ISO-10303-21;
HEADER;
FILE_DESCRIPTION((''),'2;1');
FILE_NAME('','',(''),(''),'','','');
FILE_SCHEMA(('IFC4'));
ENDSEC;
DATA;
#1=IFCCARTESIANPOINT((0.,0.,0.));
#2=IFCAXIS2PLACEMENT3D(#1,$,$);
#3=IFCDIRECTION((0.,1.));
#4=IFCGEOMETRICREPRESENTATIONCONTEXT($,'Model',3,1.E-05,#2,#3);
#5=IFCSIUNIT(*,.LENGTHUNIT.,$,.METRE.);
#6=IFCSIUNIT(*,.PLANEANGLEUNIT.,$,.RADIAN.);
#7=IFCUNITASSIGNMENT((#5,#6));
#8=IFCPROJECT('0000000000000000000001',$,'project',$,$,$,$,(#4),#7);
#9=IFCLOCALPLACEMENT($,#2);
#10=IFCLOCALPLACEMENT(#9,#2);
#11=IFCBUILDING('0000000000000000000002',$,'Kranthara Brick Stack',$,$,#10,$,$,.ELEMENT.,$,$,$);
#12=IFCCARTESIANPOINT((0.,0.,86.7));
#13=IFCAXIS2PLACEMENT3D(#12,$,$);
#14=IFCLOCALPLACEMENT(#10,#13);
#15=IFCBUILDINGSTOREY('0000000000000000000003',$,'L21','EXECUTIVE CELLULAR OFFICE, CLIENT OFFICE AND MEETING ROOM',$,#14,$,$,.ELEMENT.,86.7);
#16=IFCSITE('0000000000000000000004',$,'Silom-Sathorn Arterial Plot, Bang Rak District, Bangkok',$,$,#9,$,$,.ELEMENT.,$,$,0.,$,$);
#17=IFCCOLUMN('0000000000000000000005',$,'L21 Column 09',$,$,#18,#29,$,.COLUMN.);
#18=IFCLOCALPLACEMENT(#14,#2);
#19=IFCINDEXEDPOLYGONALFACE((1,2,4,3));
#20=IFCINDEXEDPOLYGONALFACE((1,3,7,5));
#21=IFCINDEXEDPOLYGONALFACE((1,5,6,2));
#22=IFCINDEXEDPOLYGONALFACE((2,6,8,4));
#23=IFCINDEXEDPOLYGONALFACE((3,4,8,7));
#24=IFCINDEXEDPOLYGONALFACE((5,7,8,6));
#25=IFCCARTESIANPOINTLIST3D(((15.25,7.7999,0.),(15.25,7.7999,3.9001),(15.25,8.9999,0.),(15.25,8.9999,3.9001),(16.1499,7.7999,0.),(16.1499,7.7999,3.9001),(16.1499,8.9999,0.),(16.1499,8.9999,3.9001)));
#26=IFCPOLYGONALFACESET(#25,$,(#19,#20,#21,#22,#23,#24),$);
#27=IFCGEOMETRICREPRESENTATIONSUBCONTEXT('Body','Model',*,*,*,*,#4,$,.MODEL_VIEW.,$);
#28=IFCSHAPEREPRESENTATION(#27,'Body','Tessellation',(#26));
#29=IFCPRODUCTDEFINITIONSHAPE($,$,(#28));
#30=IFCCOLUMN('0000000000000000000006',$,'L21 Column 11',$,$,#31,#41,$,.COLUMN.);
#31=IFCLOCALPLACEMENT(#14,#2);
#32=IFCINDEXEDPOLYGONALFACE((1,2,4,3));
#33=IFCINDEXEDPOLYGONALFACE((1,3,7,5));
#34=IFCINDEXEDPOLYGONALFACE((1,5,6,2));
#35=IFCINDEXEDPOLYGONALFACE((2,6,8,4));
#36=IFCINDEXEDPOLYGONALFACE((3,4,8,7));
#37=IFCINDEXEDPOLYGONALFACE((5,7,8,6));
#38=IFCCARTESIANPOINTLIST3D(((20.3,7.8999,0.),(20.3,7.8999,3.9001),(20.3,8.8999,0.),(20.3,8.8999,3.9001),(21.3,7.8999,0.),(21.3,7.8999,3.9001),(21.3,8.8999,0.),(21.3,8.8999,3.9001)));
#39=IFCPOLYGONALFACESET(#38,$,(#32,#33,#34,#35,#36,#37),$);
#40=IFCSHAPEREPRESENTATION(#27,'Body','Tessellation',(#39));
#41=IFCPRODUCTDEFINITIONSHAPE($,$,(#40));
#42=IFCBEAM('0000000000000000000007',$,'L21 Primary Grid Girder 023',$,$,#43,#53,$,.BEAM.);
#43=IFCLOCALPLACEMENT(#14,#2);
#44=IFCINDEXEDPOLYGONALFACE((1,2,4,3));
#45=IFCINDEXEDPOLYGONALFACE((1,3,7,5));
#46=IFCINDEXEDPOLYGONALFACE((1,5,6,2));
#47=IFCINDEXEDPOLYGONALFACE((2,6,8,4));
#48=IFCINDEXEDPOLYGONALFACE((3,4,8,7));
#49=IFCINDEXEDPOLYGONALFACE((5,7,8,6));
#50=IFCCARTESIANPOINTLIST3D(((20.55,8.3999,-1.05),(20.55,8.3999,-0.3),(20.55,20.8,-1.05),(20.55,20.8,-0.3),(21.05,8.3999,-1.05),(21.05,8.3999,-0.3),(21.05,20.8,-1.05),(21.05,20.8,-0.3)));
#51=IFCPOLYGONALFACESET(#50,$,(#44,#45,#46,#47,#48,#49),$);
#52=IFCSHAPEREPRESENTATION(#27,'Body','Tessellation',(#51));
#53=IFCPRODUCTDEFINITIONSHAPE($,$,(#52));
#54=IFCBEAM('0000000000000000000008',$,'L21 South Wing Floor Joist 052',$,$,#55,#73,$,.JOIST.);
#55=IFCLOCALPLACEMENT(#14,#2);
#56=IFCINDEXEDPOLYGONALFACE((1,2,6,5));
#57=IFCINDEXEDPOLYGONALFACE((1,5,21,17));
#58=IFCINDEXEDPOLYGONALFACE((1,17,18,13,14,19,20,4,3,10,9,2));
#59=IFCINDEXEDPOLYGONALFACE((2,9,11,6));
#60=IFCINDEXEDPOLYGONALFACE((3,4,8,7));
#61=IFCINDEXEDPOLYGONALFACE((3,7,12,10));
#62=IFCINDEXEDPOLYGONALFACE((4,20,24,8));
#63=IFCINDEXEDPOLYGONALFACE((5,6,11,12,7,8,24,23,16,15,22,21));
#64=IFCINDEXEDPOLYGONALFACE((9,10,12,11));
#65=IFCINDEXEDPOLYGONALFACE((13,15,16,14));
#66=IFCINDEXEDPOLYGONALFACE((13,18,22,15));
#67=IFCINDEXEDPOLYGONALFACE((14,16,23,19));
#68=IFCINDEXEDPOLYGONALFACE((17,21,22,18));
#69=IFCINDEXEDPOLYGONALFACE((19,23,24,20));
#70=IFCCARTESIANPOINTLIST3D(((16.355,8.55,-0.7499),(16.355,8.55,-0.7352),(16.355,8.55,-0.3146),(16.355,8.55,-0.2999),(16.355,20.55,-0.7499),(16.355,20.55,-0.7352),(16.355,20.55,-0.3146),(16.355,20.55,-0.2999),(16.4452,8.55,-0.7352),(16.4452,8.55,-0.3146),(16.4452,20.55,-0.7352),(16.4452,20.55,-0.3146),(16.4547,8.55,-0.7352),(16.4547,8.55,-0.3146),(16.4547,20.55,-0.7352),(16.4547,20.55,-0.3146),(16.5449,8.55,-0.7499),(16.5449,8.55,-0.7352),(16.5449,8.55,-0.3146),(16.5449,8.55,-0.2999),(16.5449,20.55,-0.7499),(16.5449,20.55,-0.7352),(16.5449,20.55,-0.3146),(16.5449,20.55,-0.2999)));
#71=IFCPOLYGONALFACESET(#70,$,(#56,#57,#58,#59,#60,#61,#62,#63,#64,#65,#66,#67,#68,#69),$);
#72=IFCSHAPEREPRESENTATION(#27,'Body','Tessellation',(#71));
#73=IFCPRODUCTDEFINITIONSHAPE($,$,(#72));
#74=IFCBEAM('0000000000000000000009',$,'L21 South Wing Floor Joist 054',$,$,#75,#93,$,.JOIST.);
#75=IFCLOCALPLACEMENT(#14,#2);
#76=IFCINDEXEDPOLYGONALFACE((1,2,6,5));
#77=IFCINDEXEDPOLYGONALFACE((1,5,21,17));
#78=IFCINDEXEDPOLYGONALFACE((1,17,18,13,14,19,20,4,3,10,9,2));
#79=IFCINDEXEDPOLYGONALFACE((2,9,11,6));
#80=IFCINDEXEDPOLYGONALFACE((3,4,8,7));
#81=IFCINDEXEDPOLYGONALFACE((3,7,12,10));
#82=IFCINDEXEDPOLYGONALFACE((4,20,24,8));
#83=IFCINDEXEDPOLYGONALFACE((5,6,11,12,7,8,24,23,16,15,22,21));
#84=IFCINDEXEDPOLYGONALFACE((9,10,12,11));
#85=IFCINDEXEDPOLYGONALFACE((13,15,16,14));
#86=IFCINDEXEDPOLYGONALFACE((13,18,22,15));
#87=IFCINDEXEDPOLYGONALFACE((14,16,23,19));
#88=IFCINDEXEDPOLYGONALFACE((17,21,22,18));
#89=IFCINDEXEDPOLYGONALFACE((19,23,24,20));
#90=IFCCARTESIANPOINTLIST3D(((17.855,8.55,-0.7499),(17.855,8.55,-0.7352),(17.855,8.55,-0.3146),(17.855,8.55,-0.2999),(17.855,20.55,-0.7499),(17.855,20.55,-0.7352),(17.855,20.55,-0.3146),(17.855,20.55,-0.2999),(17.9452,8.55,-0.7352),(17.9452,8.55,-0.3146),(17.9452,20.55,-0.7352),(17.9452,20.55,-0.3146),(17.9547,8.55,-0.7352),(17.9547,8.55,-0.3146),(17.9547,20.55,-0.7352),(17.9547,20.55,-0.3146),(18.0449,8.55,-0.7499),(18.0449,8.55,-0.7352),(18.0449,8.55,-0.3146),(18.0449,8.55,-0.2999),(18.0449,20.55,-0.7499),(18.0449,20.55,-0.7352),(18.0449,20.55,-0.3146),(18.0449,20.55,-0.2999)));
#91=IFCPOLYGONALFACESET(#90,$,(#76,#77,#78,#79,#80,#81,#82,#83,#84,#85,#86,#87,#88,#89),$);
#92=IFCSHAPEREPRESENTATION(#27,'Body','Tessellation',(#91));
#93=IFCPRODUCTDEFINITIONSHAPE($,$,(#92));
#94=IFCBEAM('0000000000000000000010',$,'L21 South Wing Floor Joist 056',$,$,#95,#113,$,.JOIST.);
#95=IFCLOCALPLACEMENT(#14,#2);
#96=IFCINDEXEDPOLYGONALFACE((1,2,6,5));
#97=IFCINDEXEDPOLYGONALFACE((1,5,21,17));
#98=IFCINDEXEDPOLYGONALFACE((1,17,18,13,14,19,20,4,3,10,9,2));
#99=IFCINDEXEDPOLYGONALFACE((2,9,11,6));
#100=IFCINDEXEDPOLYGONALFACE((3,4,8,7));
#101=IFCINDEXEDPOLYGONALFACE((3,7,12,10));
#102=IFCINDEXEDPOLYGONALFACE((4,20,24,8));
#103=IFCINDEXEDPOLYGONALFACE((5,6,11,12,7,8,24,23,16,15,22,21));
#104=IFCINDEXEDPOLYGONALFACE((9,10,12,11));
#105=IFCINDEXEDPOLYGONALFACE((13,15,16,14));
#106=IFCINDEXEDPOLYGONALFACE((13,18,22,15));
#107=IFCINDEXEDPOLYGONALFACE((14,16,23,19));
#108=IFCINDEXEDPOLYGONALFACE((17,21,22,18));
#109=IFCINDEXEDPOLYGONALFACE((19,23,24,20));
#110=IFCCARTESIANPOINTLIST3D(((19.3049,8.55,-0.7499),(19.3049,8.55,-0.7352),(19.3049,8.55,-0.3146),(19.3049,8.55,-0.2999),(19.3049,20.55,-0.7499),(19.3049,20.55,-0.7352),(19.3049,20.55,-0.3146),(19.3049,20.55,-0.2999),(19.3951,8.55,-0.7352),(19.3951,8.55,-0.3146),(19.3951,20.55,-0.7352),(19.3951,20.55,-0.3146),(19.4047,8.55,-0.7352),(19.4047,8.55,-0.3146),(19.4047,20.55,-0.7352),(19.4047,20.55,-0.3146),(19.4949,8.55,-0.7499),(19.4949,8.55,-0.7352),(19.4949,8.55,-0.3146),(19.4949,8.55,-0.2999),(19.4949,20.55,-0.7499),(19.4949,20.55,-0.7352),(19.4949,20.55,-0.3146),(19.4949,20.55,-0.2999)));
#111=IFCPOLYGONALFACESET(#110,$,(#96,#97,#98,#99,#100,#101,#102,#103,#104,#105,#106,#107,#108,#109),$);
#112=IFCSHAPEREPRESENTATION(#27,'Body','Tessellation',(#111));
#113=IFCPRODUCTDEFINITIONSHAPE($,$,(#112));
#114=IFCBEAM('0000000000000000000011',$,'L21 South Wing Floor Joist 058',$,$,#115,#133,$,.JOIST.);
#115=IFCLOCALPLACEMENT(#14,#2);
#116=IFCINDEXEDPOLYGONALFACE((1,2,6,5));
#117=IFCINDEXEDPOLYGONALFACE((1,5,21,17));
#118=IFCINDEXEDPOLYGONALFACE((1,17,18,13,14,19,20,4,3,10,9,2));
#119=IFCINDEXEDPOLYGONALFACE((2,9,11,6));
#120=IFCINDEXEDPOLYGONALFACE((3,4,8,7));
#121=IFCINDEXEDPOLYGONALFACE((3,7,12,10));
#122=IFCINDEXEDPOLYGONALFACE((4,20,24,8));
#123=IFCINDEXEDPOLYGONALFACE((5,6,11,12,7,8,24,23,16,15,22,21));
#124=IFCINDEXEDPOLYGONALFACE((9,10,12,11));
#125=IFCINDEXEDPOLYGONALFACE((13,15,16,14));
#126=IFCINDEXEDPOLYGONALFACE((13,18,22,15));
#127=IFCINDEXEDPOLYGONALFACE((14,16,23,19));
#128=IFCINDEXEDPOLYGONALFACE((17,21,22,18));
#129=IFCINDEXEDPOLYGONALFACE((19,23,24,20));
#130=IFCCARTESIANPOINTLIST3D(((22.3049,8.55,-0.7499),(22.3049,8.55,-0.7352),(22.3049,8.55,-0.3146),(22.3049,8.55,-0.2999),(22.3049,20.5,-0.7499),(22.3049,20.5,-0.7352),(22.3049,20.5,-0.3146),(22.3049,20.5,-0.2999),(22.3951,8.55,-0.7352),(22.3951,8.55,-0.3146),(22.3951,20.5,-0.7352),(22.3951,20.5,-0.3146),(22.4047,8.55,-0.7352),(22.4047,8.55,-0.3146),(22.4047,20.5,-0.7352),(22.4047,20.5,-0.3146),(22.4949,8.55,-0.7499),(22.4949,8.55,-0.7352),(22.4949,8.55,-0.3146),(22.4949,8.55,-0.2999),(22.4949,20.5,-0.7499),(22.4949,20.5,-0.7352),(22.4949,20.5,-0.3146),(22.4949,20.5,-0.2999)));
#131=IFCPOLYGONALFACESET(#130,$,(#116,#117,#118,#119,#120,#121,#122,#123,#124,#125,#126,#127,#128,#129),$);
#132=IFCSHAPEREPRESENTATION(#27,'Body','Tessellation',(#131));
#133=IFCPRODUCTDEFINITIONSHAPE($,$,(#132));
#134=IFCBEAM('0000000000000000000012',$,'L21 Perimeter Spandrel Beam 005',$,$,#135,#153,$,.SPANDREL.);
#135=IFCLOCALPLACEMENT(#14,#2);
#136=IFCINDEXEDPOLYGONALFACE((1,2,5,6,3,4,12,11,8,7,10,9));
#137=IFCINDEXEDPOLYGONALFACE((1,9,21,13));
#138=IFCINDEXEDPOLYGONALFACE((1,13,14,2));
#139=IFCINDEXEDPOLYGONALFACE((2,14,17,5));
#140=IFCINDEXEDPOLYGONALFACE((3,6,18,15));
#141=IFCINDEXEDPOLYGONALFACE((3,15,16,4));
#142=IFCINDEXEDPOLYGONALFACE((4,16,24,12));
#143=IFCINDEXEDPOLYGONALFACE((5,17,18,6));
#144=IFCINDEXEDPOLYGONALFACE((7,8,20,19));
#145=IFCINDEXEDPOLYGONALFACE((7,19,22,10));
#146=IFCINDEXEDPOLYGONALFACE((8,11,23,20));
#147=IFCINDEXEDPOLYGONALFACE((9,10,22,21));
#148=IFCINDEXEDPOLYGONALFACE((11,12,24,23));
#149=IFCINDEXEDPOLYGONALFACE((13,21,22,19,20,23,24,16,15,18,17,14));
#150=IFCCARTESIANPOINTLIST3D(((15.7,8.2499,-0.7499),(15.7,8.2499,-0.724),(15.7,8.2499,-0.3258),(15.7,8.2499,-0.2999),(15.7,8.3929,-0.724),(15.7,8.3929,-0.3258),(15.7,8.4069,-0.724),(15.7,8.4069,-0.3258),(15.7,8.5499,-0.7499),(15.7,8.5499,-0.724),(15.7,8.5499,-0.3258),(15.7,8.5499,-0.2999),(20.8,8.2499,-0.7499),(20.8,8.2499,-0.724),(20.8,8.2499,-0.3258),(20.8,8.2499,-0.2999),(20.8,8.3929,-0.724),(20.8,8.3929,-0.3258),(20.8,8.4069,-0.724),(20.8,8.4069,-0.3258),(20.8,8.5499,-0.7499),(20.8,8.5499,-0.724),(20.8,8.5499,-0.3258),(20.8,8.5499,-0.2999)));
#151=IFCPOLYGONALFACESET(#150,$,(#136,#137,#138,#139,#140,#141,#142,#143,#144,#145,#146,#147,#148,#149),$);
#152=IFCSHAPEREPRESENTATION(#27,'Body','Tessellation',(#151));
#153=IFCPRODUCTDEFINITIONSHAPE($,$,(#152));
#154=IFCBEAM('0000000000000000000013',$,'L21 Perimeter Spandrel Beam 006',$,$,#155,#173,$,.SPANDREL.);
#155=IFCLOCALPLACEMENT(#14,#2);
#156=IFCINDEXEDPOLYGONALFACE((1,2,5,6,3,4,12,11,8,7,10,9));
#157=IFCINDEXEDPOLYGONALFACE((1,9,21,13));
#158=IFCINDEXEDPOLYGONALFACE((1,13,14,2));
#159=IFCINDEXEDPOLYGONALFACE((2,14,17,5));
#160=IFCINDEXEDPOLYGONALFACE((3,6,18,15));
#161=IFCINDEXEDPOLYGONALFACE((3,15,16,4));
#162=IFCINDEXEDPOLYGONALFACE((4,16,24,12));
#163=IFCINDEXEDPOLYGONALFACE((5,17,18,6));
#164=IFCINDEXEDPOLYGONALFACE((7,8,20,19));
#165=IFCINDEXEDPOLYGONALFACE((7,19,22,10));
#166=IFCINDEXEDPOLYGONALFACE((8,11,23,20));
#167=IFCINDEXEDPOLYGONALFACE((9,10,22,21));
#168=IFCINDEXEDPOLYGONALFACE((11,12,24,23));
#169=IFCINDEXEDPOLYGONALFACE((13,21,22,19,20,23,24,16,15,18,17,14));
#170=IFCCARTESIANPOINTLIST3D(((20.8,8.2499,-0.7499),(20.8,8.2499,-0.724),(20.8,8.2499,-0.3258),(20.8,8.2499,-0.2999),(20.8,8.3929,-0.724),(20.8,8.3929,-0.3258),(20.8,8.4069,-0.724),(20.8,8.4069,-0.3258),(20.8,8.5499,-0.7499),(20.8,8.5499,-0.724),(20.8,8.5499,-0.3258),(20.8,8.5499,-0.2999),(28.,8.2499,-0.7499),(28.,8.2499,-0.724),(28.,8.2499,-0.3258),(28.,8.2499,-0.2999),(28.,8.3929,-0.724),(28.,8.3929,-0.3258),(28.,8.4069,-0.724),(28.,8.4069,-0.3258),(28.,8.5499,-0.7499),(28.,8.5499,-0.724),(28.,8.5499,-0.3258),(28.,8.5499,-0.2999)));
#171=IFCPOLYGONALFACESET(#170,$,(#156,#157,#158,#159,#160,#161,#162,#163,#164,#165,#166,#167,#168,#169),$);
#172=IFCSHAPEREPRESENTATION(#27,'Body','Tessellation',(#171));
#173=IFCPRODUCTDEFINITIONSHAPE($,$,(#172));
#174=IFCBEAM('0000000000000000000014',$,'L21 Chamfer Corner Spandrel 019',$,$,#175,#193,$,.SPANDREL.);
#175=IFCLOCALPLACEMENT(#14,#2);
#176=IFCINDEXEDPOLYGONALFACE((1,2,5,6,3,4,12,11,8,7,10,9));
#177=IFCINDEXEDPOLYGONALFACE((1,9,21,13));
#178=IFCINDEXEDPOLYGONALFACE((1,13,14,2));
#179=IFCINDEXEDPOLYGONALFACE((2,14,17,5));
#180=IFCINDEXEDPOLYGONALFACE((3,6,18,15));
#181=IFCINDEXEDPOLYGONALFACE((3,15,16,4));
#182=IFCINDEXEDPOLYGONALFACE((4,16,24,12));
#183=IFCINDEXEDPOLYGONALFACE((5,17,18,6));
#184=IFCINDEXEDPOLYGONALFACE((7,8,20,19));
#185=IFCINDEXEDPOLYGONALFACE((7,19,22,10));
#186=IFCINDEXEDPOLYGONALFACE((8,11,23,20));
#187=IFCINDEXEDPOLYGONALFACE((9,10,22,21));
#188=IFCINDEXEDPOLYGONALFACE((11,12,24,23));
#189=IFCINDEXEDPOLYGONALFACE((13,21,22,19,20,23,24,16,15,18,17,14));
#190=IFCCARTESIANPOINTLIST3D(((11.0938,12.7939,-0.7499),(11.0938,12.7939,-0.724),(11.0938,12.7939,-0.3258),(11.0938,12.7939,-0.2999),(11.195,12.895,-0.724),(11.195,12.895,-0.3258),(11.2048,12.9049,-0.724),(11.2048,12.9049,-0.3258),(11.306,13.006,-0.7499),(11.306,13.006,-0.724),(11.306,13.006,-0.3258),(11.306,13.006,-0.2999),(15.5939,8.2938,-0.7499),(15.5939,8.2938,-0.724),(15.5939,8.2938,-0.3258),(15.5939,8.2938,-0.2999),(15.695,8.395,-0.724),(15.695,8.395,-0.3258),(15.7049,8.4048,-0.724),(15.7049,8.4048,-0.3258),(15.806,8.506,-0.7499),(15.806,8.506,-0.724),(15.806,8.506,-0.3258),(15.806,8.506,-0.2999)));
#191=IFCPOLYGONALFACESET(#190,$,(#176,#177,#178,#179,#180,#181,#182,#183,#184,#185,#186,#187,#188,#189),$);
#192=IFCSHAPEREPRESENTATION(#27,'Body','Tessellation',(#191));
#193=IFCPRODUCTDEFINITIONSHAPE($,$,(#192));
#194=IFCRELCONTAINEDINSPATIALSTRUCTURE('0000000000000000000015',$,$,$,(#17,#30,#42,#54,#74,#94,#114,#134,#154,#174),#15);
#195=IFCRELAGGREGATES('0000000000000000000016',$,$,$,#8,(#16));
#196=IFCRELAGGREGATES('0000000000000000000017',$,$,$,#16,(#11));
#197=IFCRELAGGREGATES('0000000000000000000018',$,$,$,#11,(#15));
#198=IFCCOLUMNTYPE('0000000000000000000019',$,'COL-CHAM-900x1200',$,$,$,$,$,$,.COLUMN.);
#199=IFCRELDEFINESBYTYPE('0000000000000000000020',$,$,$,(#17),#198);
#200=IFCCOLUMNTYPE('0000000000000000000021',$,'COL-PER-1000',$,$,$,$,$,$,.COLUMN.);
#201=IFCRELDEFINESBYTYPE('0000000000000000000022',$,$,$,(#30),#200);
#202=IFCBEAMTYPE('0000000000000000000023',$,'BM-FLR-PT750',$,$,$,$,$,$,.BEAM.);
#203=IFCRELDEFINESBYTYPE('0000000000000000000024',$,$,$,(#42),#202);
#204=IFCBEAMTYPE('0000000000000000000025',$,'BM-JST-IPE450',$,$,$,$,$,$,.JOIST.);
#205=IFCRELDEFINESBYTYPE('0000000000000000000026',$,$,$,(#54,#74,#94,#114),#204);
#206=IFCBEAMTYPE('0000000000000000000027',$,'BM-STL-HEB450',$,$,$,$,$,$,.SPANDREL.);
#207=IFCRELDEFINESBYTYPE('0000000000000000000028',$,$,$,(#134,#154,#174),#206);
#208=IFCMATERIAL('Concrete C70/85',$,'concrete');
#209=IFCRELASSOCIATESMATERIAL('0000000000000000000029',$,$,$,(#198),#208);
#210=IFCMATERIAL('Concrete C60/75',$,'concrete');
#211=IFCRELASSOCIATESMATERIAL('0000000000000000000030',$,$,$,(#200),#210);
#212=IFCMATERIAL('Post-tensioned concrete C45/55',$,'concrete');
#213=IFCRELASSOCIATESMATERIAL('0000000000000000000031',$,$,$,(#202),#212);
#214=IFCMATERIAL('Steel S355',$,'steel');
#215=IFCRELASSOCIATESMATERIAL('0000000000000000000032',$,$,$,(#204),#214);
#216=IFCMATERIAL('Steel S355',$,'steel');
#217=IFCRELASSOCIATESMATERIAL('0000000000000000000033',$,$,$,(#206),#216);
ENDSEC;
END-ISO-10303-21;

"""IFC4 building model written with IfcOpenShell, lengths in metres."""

from ifc_helpers import new_model, si_unit, direction, frame, origin, origin_2d, place, context, subcontext, project, spatial, rectangle, i_section, extrude, material, material_profile, profile_set, type_object, element, save


model = new_model("IFC4")

# Units and contexts
model_context = context("Model", 3, precision=1e-05, world=origin(), true_north=direction((0.0, 1.0)))
body_context = subcontext(model_context, "Body", "Model", "MODEL_VIEW")
ifc_project = project(units=[si_unit("LENGTHUNIT", "METRE"), si_unit("PLANEANGLEUNIT", "RADIAN")], contexts=[model_context])

# Site, building, storey
site_placement = place(None, origin())
site = spatial("IfcSite", under=ifc_project, at=site_placement, Name="Silom-Sathorn Arterial Plot, Bang Rak District, Bangkok", CompositionType="ELEMENT", RefElevation=0.0)
building_placement = place(site_placement, origin())
building = spatial("IfcBuilding", under=site, at=building_placement, Name="Kranthara Brick Stack", CompositionType="ELEMENT")
storey_placement = place(building_placement, frame((0.0, 0.0, 86.7)))
storey = spatial("IfcBuildingStorey", under=building, at=storey_placement, Name="L21", Description="EXECUTIVE CELLULAR OFFICE, CLIENT OFFICE AND MEETING ROOM", CompositionType="ELEMENT", Elevation=86.7)

# Columns
ifc_material_1 = material(Name="Concrete C70/85", Category="concrete")
ifc_material_profile_1 = material_profile(ifc_material_1, rectangle(XDim=0.8999, YDim=1.2, at=origin_2d()), Name="RC 900x1200")
ifc_profile_set_1 = profile_set([ifc_material_profile_1], Name="Concrete C70/85")
column_type_1 = type_object("IfcColumnType", Name="COL-CHAM-900x1200", PredefinedType="COLUMN", material=ifc_profile_set_1)
column_1_placement = place(storey_placement, frame((15.7, 8.3999, 0.0), z_axis=(0.0, 0.0, 1.0), x_axis=(1.0, 0.0, 0.0)))
element("IfcColumn", 1, at=column_1_placement, inside=storey, type_object=column_type_1, Name="L21 Column 09", PredefinedType="COLUMN", context=body_context, shape_type="SweptSolid", body=[
    extrude(rectangle(XDim=0.8999, YDim=1.2, at=origin_2d()), origin(), (0.0, 0.0, 1.0), 3.9001),
])
ifc_material_2 = material(Name="Concrete C60/75", Category="concrete")
ifc_material_profile_2 = material_profile(ifc_material_2, rectangle(XDim=1.0, YDim=1.0, at=origin_2d()), Name="RC 1000x1000")
ifc_profile_set_2 = profile_set([ifc_material_profile_2], Name="Concrete C60/75")
column_type_2 = type_object("IfcColumnType", Name="COL-PER-1000", PredefinedType="COLUMN", material=ifc_profile_set_2)
column_2_placement = place(storey_placement, frame((20.8, 8.3999, 0.0), z_axis=(0.0, 0.0, 1.0), x_axis=(1.0, 0.0, 0.0)))
element("IfcColumn", 2, at=column_2_placement, inside=storey, type_object=column_type_2, Name="L21 Column 11", PredefinedType="COLUMN", context=body_context, shape_type="SweptSolid", body=[
    extrude(rectangle(XDim=1.0, YDim=1.0, at=origin_2d()), origin(), (0.0, 0.0, 1.0), 3.9001),
])

# Beams
ifc_material_3 = material(Name="Post-tensioned concrete C45/55", Category="concrete")
ifc_material_profile_3 = material_profile(ifc_material_3, rectangle(XDim=0.5, YDim=0.75, at=origin_2d()), Name="PT 500x750")
ifc_profile_set_3 = profile_set([ifc_material_profile_3], Name="Post-tensioned concrete C45/55")
beam_type_1 = type_object("IfcBeamType", Name="BM-FLR-PT750", PredefinedType="BEAM", material=ifc_profile_set_3)
beam_1_placement = place(storey_placement, frame((20.8, 8.3999, -0.675), z_axis=(0.0, 1.0, 0.0), x_axis=(-1.0, 0.0, 0.0)))
element("IfcBeam", 3, at=beam_1_placement, inside=storey, type_object=beam_type_1, Name="L21 Primary Grid Girder 023", PredefinedType="BEAM", context=body_context, shape_type="SweptSolid", body=[
    extrude(rectangle(XDim=0.5, YDim=0.75, at=origin_2d()), origin(), (0.0, 0.0, 1.0), 12.4001),
])
ifc_material_4 = material(Name="Steel S355", Category="steel")
ifc_material_profile_4 = material_profile(ifc_material_4, i_section(OverallWidth=0.1899, OverallDepth=0.45, WebThickness=0.0095, FlangeThickness=0.0146, at=origin_2d()), Name="IPE 450")
ifc_profile_set_4 = profile_set([ifc_material_profile_4], Name="Steel S355")
beam_type_2 = type_object("IfcBeamType", Name="BM-JST-IPE450", PredefinedType="JOIST", material=ifc_profile_set_4)
for number, where, z_axis, x_axis, name in (
    (4, (16.45, 8.55, -0.5249), (0.0, 1.0, 0.0), (-1.0, 0.0, 0.0), "L21 South Wing Floor Joist 052"),
    (5, (17.95, 8.55, -0.5249), (0.0, 1.0, 0.0), (-1.0, 0.0, 0.0), "L21 South Wing Floor Joist 054"),
    (6, (19.3999, 8.55, -0.5249), (0.0, 1.0, 0.0), (-1.0, 0.0, 0.0), "L21 South Wing Floor Joist 056"),
):
    element("IfcBeam", number, at=place(storey_placement, frame(where, z_axis=z_axis, x_axis=x_axis)), inside=storey, type_object=beam_type_2, Name=name, PredefinedType="JOIST", context=body_context, shape_type="SweptSolid", body=[
        extrude(i_section(OverallWidth=0.1899, OverallDepth=0.45, WebThickness=0.0095, FlangeThickness=0.0146, at=origin_2d()), origin(), (0.0, 0.0, 1.0), 12.0),
    ])
beam_2_placement = place(storey_placement, frame((22.3999, 8.55, -0.5249), z_axis=(0.0, 1.0, 0.0), x_axis=(-1.0, 0.0, 0.0)))
element("IfcBeam", 7, at=beam_2_placement, inside=storey, type_object=beam_type_2, Name="L21 South Wing Floor Joist 058", PredefinedType="JOIST", context=body_context, shape_type="SweptSolid", body=[
    extrude(i_section(OverallWidth=0.1899, OverallDepth=0.45, WebThickness=0.0095, FlangeThickness=0.0146, at=origin_2d()), origin(), (0.0, 0.0, 1.0), 11.95),
])
ifc_material_5 = material(Name="Steel S355", Category="steel")
ifc_material_profile_5 = material_profile(ifc_material_5, i_section(OverallWidth=0.3, OverallDepth=0.45, WebThickness=0.0139, FlangeThickness=0.0259, at=origin_2d()), Name="HEB 450")
ifc_profile_set_5 = profile_set([ifc_material_profile_5], Name="Steel S355")
beam_type_3 = type_object("IfcBeamType", Name="BM-STL-HEB450", PredefinedType="SPANDREL", material=ifc_profile_set_5)
beam_3_placement = place(storey_placement, frame((15.7, 8.3999, -0.5249), z_axis=(1.0, 0.0, 0.0), x_axis=(0.0, 1.0, 0.0)))
element("IfcBeam", 8, at=beam_3_placement, inside=storey, type_object=beam_type_3, Name="L21 Perimeter Spandrel Beam 005", PredefinedType="SPANDREL", context=body_context, shape_type="SweptSolid", body=[
    extrude(i_section(OverallWidth=0.3, OverallDepth=0.45, WebThickness=0.0139, FlangeThickness=0.0259, at=origin_2d()), origin(), (0.0, 0.0, 1.0), 5.1001),
])
beam_4_placement = place(storey_placement, frame((20.8, 8.3999, -0.5249), z_axis=(1.0, 0.0, 0.0), x_axis=(0.0, 1.0, 0.0)))
element("IfcBeam", 9, at=beam_4_placement, inside=storey, type_object=beam_type_3, Name="L21 Perimeter Spandrel Beam 006", PredefinedType="SPANDREL", context=body_context, shape_type="SweptSolid", body=[
    extrude(i_section(OverallWidth=0.3, OverallDepth=0.45, WebThickness=0.0139, FlangeThickness=0.0259, at=origin_2d()), origin(), (0.0, 0.0, 1.0), 7.2),
])
beam_5_placement = place(storey_placement, frame((15.7, 8.3999, -0.5249), z_axis=(-0.707107, 0.707107, 0.0), x_axis=(-0.707107, -0.707107, 0.0)))
element("IfcBeam", 10, at=beam_5_placement, inside=storey, type_object=beam_type_3, Name="L21 Chamfer Corner Spandrel 019", PredefinedType="SPANDREL", context=body_context, shape_type="SweptSolid", body=[
    extrude(i_section(OverallWidth=0.3, OverallDepth=0.45, WebThickness=0.0139, FlangeThickness=0.0259, at=origin_2d()), origin(), (0.0, 0.0, 1.0), 6.364),
])

save(model, "model.ifc")
